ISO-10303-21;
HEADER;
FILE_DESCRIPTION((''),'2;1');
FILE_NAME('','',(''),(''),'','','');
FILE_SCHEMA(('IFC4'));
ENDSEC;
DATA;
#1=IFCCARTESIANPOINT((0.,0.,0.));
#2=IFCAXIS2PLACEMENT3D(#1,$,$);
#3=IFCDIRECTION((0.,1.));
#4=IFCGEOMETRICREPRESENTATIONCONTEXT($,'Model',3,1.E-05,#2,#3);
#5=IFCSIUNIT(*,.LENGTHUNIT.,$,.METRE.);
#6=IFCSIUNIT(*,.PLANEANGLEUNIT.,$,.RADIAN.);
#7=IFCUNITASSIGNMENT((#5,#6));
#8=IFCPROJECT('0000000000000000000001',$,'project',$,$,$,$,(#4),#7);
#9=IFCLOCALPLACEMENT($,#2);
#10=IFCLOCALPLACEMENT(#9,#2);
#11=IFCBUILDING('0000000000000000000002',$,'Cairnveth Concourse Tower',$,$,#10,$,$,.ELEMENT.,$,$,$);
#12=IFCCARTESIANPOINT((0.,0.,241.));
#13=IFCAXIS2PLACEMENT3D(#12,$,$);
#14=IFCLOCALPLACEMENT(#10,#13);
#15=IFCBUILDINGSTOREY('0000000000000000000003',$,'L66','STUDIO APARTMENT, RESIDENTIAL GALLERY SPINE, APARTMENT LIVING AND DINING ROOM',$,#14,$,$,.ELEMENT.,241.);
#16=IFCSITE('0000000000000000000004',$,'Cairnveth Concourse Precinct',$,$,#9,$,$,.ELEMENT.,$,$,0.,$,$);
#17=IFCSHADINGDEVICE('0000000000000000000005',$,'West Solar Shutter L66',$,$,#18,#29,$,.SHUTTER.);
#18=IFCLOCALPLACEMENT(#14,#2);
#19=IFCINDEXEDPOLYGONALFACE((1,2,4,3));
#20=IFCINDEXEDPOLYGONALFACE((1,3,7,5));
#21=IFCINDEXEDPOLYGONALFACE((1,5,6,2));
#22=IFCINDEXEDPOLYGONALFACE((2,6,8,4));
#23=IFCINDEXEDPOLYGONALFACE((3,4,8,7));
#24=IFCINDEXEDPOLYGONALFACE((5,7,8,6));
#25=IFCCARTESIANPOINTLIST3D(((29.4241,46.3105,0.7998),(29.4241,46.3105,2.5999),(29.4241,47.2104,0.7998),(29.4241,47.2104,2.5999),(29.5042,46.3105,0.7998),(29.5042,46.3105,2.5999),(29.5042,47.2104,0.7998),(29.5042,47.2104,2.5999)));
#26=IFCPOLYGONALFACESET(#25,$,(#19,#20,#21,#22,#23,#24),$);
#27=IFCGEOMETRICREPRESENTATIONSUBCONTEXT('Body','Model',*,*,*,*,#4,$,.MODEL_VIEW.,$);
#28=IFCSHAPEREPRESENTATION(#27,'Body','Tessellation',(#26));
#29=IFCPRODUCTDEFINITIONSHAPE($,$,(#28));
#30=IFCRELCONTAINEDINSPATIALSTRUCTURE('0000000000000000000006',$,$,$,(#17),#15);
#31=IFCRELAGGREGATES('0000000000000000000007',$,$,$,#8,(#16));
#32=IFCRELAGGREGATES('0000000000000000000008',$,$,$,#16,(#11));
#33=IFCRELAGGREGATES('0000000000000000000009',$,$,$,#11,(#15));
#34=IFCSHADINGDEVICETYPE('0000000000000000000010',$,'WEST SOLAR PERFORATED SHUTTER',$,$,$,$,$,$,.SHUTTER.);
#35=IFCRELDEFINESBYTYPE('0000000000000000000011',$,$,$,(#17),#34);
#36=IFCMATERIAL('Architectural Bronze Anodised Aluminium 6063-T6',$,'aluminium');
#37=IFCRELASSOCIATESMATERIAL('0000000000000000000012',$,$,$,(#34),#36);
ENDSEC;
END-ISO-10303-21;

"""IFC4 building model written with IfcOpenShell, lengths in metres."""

from ifc_helpers import new_model, si_unit, direction, frame, origin, origin_2d, place, context, subcontext, project, spatial, rectangle, extrude, material, type_object, element, save


model = new_model("IFC4")

# Units and contexts
model_context = context("Model", 3, precision=1e-05, world=origin(), true_north=direction((0.0, 1.0)))
body_context = subcontext(model_context, "Body", "Model", "MODEL_VIEW")
ifc_project = project(units=[si_unit("LENGTHUNIT", "METRE"), si_unit("PLANEANGLEUNIT", "RADIAN")], contexts=[model_context])

# Site, building, storey
site_placement = place(None, origin())
site = spatial("IfcSite", under=ifc_project, at=site_placement, Name="Cairnveth Concourse Precinct", CompositionType="ELEMENT", RefElevation=0.0)
building_placement = place(site_placement, origin())
building = spatial("IfcBuilding", under=site, at=building_placement, Name="Cairnveth Concourse Tower", CompositionType="ELEMENT")
storey_placement = place(building_placement, frame((0.0, 0.0, 241.0)))
storey = spatial("IfcBuildingStorey", under=building, at=storey_placement, Name="L66", Description="STUDIO APARTMENT, RESIDENTIAL GALLERY SPINE, APARTMENT LIVING AND DINING ROOM", CompositionType="ELEMENT", Elevation=241.0)

# Shading device
ifc_material_1 = material(Name="Architectural Bronze Anodised Aluminium 6063-T6", Category="aluminium")
shading_device_type_1 = type_object("IfcShadingDeviceType", Name="WEST SOLAR PERFORATED SHUTTER", PredefinedType="SHUTTER", material=ifc_material_1)
shading_device_1_placement = place(storey_placement, frame((29.4641, 46.7605, 0.7998), z_axis=(0.0, 0.0, 1.0), x_axis=(1.0, 0.0, 0.0)))
element("IfcShadingDevice", 1, at=shading_device_1_placement, inside=storey, type_object=shading_device_type_1, Name="West Solar Shutter L66", PredefinedType="SHUTTER", context=body_context, shape_type="SweptSolid", body=[
    extrude(rectangle(XDim=0.0801, YDim=0.8999, at=origin_2d()), origin(), (0.0, 0.0, 1.0), 1.8),
])

save(model, "model.ifc")
